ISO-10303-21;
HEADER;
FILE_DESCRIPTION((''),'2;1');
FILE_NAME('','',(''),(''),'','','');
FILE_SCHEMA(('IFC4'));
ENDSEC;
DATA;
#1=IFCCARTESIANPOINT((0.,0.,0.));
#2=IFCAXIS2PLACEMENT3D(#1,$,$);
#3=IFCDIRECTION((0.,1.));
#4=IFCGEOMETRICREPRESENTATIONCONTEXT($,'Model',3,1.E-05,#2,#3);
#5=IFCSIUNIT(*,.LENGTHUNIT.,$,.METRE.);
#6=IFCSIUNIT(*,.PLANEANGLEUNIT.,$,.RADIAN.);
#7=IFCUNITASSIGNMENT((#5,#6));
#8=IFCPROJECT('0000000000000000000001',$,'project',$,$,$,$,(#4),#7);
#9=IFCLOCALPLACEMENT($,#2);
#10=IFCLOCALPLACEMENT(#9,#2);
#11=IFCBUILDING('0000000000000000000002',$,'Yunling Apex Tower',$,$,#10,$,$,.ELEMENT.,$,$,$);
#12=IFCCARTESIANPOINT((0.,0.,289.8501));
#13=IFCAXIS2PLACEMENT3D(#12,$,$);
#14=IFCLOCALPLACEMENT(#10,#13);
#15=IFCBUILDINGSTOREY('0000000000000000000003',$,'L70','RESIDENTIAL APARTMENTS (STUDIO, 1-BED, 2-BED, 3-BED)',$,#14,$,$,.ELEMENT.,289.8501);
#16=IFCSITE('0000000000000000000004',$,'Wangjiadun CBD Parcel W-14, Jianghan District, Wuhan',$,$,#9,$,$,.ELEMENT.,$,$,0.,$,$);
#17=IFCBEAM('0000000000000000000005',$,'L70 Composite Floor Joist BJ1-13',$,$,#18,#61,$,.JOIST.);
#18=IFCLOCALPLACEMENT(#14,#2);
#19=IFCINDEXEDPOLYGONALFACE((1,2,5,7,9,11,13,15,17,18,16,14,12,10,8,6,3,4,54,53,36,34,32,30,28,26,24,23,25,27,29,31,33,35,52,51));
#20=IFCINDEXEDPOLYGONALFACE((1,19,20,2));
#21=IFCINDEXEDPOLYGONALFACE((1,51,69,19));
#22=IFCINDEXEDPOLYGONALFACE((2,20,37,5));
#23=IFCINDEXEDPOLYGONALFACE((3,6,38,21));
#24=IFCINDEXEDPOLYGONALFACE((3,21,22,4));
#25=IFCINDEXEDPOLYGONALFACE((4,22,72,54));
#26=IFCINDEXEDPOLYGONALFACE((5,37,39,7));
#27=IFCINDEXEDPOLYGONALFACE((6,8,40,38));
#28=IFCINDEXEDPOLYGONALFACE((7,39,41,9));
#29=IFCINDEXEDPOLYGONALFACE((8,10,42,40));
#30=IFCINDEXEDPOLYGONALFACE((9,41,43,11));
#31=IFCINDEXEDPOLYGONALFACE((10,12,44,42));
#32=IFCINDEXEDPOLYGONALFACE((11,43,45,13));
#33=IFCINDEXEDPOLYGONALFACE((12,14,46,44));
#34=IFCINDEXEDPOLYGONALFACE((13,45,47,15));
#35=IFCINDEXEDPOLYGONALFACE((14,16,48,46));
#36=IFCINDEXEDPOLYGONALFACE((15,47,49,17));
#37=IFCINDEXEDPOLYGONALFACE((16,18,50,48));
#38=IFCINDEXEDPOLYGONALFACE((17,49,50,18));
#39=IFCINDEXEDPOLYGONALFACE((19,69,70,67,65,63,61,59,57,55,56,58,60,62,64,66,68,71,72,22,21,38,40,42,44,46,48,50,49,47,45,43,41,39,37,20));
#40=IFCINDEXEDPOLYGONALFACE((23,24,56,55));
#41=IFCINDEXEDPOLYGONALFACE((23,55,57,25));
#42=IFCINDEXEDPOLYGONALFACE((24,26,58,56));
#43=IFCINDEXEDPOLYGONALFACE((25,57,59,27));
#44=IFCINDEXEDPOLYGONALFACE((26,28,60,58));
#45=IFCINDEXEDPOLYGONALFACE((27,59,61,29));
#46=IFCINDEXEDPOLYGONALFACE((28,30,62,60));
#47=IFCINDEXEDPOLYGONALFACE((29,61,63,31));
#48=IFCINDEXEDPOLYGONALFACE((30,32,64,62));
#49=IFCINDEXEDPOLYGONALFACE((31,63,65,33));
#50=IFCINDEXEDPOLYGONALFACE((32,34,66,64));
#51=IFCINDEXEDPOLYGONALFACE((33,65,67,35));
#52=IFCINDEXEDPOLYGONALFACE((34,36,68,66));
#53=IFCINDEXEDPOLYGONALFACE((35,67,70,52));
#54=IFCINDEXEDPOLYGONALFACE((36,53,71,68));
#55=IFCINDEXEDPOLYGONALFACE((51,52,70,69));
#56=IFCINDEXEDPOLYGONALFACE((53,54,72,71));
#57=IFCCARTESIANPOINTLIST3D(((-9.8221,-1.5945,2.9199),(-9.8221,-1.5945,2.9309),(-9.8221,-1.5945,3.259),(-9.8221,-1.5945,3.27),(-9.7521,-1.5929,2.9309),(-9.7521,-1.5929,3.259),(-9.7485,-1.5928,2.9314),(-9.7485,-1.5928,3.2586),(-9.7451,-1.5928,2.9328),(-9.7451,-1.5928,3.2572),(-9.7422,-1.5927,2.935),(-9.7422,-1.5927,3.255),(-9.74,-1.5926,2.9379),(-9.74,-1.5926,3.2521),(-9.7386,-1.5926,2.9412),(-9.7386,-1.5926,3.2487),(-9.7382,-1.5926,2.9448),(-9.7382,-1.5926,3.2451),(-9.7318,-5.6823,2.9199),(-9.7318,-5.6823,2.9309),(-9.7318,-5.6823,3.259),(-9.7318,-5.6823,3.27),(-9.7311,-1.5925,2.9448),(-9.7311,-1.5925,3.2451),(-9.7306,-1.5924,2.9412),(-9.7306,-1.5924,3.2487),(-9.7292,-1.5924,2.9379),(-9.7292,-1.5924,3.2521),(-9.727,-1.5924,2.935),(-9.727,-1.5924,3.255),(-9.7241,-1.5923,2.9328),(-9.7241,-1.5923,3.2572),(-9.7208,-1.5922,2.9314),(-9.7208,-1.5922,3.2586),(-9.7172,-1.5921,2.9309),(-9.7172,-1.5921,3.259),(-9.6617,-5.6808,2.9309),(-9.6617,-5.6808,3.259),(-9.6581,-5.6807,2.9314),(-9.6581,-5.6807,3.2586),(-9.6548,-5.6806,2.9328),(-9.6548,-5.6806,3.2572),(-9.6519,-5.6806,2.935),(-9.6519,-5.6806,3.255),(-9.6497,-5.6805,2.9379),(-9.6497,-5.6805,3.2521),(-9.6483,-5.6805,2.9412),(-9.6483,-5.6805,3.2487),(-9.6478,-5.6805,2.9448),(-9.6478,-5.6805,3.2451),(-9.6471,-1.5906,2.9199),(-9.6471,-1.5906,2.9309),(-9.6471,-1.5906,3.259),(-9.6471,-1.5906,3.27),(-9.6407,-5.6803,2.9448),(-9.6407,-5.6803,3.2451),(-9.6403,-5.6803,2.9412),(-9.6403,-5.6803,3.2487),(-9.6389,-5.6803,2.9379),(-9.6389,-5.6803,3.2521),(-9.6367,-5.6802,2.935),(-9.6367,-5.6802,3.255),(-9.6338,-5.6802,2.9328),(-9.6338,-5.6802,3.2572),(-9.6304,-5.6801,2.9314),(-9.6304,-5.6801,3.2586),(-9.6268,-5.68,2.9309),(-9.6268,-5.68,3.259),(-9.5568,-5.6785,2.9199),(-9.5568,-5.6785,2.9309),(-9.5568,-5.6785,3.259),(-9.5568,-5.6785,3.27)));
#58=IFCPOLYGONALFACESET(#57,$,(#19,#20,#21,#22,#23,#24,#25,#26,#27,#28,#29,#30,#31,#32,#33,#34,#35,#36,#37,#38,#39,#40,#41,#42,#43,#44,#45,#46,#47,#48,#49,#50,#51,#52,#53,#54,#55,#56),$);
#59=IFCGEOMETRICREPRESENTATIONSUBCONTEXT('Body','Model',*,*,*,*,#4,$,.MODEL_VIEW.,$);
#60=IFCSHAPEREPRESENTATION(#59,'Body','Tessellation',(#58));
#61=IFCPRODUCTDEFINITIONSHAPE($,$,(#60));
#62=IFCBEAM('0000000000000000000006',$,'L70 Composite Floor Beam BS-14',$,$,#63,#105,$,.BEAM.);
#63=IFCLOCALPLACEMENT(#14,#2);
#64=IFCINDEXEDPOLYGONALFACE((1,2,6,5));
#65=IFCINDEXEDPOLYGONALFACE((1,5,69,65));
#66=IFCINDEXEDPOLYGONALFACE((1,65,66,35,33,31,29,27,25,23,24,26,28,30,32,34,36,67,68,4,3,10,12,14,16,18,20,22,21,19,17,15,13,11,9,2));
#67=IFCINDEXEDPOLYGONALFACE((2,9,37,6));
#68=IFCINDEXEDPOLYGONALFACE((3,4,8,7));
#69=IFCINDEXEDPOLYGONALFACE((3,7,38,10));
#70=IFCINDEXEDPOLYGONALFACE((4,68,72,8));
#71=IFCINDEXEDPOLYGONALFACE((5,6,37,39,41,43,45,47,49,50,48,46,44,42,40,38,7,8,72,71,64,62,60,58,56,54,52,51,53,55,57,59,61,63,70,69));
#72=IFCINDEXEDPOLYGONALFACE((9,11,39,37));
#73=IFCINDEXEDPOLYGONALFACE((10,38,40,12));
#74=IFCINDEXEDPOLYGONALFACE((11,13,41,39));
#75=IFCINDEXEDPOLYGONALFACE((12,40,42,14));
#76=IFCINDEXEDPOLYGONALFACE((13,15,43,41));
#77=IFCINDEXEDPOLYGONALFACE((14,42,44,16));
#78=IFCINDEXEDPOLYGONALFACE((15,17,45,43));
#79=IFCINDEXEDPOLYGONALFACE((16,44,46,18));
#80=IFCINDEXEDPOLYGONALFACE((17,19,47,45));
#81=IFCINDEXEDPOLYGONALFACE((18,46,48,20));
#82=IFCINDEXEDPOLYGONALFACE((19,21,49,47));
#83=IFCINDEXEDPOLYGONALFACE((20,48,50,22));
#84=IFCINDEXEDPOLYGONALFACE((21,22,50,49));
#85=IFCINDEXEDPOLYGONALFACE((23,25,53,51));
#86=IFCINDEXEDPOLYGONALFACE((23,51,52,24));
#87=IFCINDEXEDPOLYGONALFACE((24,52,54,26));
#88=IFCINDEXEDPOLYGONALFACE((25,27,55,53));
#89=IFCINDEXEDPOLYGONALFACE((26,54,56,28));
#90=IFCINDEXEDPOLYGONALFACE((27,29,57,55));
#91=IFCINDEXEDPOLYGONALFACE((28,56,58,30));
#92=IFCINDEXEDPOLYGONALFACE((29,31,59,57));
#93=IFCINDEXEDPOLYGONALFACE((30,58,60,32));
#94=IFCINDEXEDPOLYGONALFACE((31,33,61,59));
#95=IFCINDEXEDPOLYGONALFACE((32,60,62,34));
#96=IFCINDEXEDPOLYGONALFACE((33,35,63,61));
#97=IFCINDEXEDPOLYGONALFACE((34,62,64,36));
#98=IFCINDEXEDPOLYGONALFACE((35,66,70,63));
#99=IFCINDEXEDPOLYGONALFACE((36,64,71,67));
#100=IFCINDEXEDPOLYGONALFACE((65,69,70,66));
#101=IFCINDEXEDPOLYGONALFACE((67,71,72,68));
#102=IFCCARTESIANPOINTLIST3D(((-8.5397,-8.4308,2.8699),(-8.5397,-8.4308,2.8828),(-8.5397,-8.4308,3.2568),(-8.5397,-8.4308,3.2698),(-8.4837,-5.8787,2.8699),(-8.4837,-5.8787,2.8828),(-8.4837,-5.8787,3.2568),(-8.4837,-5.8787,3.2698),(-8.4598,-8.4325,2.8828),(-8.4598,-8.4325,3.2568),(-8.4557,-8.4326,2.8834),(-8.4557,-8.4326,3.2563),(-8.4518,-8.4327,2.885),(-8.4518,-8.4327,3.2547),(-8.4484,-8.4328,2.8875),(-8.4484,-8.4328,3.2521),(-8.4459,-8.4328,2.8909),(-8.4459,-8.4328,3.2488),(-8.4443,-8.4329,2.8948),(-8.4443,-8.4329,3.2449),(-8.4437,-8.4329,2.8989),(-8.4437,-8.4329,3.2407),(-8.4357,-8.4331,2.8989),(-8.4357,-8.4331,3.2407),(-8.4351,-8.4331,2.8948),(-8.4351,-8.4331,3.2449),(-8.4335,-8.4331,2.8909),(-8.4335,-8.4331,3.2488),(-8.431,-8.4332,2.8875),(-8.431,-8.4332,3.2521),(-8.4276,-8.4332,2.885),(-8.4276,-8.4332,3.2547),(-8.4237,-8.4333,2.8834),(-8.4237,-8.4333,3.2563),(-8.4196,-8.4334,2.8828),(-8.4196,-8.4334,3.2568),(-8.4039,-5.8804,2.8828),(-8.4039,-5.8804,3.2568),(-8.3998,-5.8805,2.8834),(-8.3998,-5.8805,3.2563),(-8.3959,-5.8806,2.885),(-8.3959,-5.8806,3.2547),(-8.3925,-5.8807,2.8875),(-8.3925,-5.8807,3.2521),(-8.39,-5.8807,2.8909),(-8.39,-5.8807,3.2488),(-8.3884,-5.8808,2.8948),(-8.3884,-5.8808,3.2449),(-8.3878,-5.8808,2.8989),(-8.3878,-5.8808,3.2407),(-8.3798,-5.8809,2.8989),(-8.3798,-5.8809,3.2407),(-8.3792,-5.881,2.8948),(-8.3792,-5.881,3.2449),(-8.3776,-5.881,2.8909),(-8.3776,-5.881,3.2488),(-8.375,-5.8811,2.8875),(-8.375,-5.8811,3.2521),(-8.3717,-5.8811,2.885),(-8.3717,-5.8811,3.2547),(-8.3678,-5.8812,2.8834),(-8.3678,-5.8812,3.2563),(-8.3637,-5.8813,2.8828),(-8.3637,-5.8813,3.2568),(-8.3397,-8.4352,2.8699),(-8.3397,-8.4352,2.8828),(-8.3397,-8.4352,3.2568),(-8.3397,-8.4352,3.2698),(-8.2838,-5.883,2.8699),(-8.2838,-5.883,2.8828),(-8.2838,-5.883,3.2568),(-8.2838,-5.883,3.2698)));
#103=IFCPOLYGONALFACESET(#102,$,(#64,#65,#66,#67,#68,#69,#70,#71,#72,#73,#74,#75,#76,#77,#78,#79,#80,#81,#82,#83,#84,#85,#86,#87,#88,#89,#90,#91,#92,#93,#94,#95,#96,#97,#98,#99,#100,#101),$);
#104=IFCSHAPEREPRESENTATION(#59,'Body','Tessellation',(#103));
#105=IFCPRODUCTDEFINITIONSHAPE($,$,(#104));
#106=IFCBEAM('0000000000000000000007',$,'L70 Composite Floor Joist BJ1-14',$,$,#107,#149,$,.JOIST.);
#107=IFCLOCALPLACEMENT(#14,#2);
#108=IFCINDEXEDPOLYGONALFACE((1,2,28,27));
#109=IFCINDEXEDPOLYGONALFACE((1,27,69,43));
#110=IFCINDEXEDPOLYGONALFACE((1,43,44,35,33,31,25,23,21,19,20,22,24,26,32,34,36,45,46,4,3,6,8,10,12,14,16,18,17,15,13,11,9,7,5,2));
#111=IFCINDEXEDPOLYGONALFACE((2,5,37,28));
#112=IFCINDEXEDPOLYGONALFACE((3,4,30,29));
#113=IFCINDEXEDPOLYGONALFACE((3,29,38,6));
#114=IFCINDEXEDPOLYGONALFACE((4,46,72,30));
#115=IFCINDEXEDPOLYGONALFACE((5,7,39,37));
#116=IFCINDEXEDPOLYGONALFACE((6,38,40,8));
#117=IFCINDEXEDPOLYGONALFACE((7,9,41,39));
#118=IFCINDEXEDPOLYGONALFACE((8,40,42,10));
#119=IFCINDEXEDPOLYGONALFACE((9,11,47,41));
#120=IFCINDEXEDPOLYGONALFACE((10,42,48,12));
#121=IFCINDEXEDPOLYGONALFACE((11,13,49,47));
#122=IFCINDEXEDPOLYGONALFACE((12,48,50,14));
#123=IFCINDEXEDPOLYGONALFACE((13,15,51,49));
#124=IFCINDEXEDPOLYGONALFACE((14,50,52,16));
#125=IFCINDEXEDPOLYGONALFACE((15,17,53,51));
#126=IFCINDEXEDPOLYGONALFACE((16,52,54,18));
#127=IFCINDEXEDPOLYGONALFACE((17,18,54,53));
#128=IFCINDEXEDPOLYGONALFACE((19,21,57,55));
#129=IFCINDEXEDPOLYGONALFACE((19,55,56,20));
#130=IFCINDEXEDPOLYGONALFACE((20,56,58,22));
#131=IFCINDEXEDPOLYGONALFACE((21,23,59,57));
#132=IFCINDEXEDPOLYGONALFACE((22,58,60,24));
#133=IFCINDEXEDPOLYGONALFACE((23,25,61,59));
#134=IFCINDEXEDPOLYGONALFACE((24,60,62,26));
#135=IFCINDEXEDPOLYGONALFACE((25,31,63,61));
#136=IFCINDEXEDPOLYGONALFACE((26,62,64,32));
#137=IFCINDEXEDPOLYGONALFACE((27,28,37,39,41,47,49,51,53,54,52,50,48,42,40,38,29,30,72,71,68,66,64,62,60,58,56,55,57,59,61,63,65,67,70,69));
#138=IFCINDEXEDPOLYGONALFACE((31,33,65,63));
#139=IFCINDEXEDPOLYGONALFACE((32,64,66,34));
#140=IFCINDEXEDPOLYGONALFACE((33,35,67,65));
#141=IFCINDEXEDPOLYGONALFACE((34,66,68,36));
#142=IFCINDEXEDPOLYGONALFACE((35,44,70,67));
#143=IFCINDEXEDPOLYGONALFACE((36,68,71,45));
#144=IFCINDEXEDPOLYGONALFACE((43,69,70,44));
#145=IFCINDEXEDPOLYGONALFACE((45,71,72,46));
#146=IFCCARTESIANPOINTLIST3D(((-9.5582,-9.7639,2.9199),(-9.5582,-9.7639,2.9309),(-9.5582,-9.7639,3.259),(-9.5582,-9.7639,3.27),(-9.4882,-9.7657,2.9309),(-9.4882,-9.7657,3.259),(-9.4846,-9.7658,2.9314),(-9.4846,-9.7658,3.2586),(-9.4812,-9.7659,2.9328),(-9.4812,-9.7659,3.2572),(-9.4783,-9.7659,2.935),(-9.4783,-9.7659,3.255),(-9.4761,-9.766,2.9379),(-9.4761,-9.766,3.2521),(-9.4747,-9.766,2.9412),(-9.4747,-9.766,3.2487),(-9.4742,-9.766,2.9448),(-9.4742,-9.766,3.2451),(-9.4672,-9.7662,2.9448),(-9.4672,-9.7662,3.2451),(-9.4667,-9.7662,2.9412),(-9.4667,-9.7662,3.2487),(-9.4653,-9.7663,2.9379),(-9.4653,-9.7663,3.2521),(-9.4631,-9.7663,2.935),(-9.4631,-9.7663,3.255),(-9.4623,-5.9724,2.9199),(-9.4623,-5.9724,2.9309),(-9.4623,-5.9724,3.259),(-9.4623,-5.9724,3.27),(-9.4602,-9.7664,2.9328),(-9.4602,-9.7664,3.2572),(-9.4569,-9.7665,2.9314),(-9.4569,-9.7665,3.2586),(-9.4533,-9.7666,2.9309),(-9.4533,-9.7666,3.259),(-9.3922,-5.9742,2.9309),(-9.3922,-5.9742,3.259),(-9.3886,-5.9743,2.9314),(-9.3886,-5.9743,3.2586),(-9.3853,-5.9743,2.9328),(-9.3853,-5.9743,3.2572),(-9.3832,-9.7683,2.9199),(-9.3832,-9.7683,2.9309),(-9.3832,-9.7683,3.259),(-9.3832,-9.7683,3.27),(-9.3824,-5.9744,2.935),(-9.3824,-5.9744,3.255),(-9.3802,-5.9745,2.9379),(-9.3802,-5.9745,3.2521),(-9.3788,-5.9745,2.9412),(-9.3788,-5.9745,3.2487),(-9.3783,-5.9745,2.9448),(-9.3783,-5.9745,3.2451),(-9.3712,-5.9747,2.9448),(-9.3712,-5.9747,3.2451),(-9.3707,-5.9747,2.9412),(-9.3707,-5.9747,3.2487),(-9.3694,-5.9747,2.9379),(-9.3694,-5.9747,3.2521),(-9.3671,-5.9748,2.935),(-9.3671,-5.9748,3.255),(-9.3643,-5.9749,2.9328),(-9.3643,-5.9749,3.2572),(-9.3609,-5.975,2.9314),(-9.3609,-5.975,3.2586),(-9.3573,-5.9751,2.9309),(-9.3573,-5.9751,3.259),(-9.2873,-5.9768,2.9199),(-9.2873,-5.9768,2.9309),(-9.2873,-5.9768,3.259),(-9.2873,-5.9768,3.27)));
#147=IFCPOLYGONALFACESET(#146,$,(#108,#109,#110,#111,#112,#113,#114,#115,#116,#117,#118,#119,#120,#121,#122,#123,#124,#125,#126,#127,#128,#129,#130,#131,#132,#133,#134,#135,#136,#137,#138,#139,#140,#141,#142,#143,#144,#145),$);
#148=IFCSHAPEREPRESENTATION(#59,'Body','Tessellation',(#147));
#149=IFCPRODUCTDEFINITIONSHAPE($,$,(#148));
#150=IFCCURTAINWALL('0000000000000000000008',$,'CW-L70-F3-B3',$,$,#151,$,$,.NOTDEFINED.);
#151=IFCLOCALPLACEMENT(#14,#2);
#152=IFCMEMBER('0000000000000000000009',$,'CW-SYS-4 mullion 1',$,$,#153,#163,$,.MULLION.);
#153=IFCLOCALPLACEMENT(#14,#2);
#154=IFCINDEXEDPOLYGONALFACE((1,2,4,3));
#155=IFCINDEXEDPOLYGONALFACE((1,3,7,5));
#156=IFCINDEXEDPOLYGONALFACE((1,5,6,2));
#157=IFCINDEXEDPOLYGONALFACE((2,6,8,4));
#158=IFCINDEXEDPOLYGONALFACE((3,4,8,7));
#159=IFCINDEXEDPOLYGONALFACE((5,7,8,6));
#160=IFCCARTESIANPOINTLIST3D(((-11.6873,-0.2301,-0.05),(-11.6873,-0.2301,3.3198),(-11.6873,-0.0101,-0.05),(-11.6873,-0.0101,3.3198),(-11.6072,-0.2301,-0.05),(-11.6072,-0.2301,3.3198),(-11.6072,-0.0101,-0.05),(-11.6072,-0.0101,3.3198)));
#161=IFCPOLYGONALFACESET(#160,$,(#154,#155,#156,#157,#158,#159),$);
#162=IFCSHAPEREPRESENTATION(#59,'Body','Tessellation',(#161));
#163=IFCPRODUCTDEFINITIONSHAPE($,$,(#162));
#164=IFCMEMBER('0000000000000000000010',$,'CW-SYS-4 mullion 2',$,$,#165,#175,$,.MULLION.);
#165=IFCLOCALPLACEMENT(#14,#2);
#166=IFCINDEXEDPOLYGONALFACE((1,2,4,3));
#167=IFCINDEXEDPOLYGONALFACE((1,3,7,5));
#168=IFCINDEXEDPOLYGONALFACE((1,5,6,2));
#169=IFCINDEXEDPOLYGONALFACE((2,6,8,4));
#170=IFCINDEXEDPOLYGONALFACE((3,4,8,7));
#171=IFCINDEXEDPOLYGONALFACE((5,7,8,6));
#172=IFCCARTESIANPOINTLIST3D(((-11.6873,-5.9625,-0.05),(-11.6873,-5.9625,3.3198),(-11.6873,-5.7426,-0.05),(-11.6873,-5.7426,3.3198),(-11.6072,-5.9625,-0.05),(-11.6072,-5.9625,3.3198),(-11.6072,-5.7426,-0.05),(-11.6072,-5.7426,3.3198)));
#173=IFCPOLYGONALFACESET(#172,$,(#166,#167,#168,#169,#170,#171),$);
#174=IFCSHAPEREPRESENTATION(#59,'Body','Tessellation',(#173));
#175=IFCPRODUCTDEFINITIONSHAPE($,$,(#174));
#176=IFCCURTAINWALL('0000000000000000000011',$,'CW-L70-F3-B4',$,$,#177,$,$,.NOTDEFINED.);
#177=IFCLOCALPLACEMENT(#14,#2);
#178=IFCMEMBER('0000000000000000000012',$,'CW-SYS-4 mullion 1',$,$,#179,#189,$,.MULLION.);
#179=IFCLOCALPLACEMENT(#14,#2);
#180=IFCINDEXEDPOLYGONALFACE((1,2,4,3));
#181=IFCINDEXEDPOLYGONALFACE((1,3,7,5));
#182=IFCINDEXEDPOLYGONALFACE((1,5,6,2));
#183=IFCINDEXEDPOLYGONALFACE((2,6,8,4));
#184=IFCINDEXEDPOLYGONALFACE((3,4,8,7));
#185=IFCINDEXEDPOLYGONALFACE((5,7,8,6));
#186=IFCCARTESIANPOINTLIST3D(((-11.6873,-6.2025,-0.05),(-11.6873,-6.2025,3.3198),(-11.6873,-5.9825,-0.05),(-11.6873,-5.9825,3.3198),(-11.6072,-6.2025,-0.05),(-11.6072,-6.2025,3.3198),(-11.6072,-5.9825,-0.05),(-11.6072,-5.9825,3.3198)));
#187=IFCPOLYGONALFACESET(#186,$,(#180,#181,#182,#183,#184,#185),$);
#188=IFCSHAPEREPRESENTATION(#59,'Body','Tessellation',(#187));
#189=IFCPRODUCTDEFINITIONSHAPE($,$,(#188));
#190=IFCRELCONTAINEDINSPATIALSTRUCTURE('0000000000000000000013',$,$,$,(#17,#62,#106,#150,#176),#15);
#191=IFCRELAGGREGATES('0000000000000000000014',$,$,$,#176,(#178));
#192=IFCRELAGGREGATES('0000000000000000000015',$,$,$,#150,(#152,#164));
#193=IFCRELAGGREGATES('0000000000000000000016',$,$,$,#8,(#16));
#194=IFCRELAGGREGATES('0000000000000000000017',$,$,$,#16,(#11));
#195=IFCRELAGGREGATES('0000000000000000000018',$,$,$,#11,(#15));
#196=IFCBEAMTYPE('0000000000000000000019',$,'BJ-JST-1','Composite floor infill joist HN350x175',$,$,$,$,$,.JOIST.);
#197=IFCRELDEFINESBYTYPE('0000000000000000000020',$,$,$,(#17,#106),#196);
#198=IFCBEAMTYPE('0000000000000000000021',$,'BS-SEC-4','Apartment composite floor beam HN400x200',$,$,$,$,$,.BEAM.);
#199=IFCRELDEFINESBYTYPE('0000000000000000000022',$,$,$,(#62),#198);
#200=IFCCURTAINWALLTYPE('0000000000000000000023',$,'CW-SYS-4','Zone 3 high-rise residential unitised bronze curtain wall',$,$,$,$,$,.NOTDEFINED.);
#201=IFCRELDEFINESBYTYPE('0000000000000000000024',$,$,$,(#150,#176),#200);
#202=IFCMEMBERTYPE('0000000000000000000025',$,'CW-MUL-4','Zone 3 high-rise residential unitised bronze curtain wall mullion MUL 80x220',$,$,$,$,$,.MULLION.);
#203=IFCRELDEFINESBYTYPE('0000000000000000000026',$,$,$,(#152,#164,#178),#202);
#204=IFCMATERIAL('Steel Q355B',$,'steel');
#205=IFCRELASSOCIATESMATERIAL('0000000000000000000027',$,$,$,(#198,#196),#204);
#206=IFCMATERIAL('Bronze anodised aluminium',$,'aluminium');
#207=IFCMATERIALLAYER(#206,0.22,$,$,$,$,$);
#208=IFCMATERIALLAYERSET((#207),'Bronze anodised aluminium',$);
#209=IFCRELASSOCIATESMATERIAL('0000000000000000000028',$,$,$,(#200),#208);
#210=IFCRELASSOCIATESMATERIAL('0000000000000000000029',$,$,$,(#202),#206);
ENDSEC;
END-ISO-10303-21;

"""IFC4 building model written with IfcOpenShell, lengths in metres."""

from ifc_helpers import new_model, si_unit, direction, frame, origin, origin_2d, place, context, subcontext, project, spatial, rectangle, i_section, extrude, source, transform, mapped, material, layer, layer_set, material_profile, profile_set, type_object, element, aggregate, save


model = new_model("IFC4")

# Units and contexts
model_context = context("Model", 3, precision=1e-05, world=origin(), true_north=direction((0.0, 1.0)))
body_context = subcontext(model_context, "Body", "Model", "MODEL_VIEW")
ifc_project = project(units=[si_unit("LENGTHUNIT", "METRE"), si_unit("PLANEANGLEUNIT", "RADIAN")], contexts=[model_context])

# Site, building, storey
site_placement = place(None, origin())
site = spatial("IfcSite", under=ifc_project, at=site_placement, Name="Wangjiadun CBD Parcel W-14, Jianghan District, Wuhan", CompositionType="ELEMENT", RefElevation=0.0)
building_placement = place(site_placement, origin())
building = spatial("IfcBuilding", under=site, at=building_placement, Name="Yunling Apex Tower", CompositionType="ELEMENT")
storey_placement = place(building_placement, frame((0.0, 0.0, 289.8501)))
storey = spatial("IfcBuildingStorey", under=building, at=storey_placement, Name="L70", Description="RESIDENTIAL APARTMENTS (STUDIO, 1-BED, 2-BED, 3-BED)", CompositionType="ELEMENT", Elevation=289.8501)

# Shared definitions
ifc_material_1 = material(Name="Steel Q355B", Category="steel")

# Beams
ifc_material_profile_1 = material_profile(ifc_material_1, i_section(OverallWidth=0.2, OverallDepth=0.3999, WebThickness=0.0081, FlangeThickness=0.0129, FilletRadius=0.0161, at=origin_2d()))
ifc_profile_set_1 = profile_set([ifc_material_profile_1], Name="Steel Q355B")
beam_type_1 = type_object("IfcBeamType", Name="BS-SEC-4", Description="Apartment composite floor beam HN400x200", PredefinedType="BEAM", material=ifc_profile_set_1)
ifc_material_profile_2 = material_profile(ifc_material_1, i_section(OverallWidth=0.175, OverallDepth=0.3501, WebThickness=0.0071, FlangeThickness=0.011, FilletRadius=0.0139, at=origin_2d()))
ifc_profile_set_2 = profile_set([ifc_material_profile_2], Name="Steel Q355B")
beam_type_2 = type_object("IfcBeamType", Name="BJ-JST-1", Description="Composite floor infill joist HN350x175", PredefinedType="JOIST", material=ifc_profile_set_2)
shared_shape_1 = source(origin(), body_context, "Body", "SweptSolid", [
    extrude(i_section(OverallWidth=0.175, OverallDepth=0.3501, WebThickness=0.0071, FlangeThickness=0.011, FilletRadius=0.0139, at=origin_2d()), origin(), (0.0, 0.0, 1.0), 4.0889),
])
beam_1_placement = place(storey_placement, frame((-9.7346, -1.5925, 3.095), z_axis=(0.022092, -0.999756, 0.0), x_axis=(0.999756, 0.022092, 0.0)))
element("IfcBeam", 1, at=beam_1_placement, inside=storey, type_object=beam_type_2, Name="L70 Composite Floor Joist BJ1-13", PredefinedType="JOIST", context=body_context, shape_type="MappedRepresentation", body=[
    mapped(shared_shape_1, transform((0.0, 0.0, 0.0), scale=1.0)),
])
shared_shape_2 = source(origin(), body_context, "Body", "SweptSolid", [
    extrude(i_section(OverallWidth=0.2, OverallDepth=0.3999, WebThickness=0.0081, FlangeThickness=0.0129, FilletRadius=0.0161, at=origin_2d()), origin(), (0.0, 0.0, 1.0), 2.5527),
])
beam_2_placement = place(storey_placement, frame((-8.3838, -5.8809, 3.0698), z_axis=(-0.021902, -0.99976, 0.0), x_axis=(0.99976, -0.021902, 0.0)))
element("IfcBeam", 2, at=beam_2_placement, inside=storey, type_object=beam_type_1, Name="L70 Composite Floor Beam BS-14", PredefinedType="BEAM", context=body_context, shape_type="MappedRepresentation", body=[
    mapped(shared_shape_2, transform((0.0, 0.0, 0.0), scale=1.0)),
])
shared_shape_3 = source(origin(), body_context, "Body", "SweptSolid", [
    extrude(i_section(OverallWidth=0.175, OverallDepth=0.3501, WebThickness=0.0071, FlangeThickness=0.011, FilletRadius=0.0139, at=origin_2d()), origin(), (0.0, 0.0, 1.0), 3.7927),
])
beam_3_placement = place(storey_placement, frame((-9.3748, -5.9746, 3.095), z_axis=(-0.025298, -0.99968, 0.0), x_axis=(0.99968, -0.025298, 0.0)))
element("IfcBeam", 3, at=beam_3_placement, inside=storey, type_object=beam_type_2, Name="L70 Composite Floor Joist BJ1-14", PredefinedType="JOIST", context=body_context, shape_type="MappedRepresentation", body=[
    mapped(shared_shape_3, transform((0.0, 0.0, 0.0), scale=1.0)),
])

# Curtain wall, members
ifc_material_2 = material(Name="Bronze anodised aluminium", Category="aluminium")
ifc_layer_1 = layer(ifc_material_2, 0.22)
ifc_layer_set_1 = layer_set([ifc_layer_1], Name="Bronze anodised aluminium")
curtain_wall_type = type_object("IfcCurtainWallType", Name="CW-SYS-4", Description="Zone 3 high-rise residential unitised bronze curtain wall", PredefinedType="NOTDEFINED", material=ifc_layer_set_1)
curtain_wall_1_placement = place(storey_placement, origin())
curtain_wall_1 = element("IfcCurtainWall", 4, at=curtain_wall_1_placement, inside=storey, type_object=curtain_wall_type, Name="CW-L70-F3-B3", PredefinedType="NOTDEFINED")
ifc_material_profile_3 = material_profile(ifc_material_2, rectangle(XDim=0.0801, YDim=0.22, at=origin_2d()))
ifc_profile_set_3 = profile_set([ifc_material_profile_3], Name="Bronze anodised aluminium")
member_type_1 = type_object("IfcMemberType", Name="CW-MUL-4", Description="Zone 3 high-rise residential unitised bronze curtain wall mullion MUL 80x220", PredefinedType="MULLION", material=ifc_profile_set_3)
shared_shape_4 = source(origin(), body_context, "Body", "SweptSolid", [
    extrude(rectangle(XDim=0.0801, YDim=0.22, at=origin_2d()), origin(), (0.0, 0.0, 1.0), 3.3699),
])
member_1_placement = place(storey_placement, frame((-11.6472, -0.1201, -0.05), z_axis=(0.0, 0.0, 1.0), x_axis=(1.0, 0.0, 0.0)))
member_1 = element("IfcMember", 5, at=member_1_placement, type_object=member_type_1, Name="CW-SYS-4 mullion 1", PredefinedType="MULLION", context=body_context, shape_type="MappedRepresentation", body=[
    mapped(shared_shape_4, transform((0.0, 0.0, 0.0), scale=1.0)),
])
member_2_placement = place(storey_placement, frame((-11.6472, -5.8525, -0.05), z_axis=(0.0, 0.0, 1.0), x_axis=(1.0, 0.0, 0.0)))
member_2 = element("IfcMember", 6, at=member_2_placement, type_object=member_type_1, Name="CW-SYS-4 mullion 2", PredefinedType="MULLION", context=body_context, shape_type="MappedRepresentation", body=[
    mapped(shared_shape_4, transform((0.0, 0.0, 0.0), scale=1.0)),
])

# Curtain wall, member
curtain_wall_2_placement = place(storey_placement, origin())
curtain_wall_2 = element("IfcCurtainWall", 7, at=curtain_wall_2_placement, inside=storey, type_object=curtain_wall_type, Name="CW-L70-F3-B4", PredefinedType="NOTDEFINED")
member_3_placement = place(storey_placement, frame((-11.6472, -6.0925, -0.05), z_axis=(0.0, 0.0, 1.0), x_axis=(1.0, 0.0, 0.0)))
member_3 = element("IfcMember", 8, at=member_3_placement, type_object=member_type_1, Name="CW-SYS-4 mullion 1", PredefinedType="MULLION", context=body_context, shape_type="MappedRepresentation", body=[
    mapped(shared_shape_4, transform((0.0, 0.0, 0.0), scale=1.0)),
])

aggregate(curtain_wall_2, [member_3])

aggregate(curtain_wall_1, [member_1, member_2])

save(model, "model.ifc")
